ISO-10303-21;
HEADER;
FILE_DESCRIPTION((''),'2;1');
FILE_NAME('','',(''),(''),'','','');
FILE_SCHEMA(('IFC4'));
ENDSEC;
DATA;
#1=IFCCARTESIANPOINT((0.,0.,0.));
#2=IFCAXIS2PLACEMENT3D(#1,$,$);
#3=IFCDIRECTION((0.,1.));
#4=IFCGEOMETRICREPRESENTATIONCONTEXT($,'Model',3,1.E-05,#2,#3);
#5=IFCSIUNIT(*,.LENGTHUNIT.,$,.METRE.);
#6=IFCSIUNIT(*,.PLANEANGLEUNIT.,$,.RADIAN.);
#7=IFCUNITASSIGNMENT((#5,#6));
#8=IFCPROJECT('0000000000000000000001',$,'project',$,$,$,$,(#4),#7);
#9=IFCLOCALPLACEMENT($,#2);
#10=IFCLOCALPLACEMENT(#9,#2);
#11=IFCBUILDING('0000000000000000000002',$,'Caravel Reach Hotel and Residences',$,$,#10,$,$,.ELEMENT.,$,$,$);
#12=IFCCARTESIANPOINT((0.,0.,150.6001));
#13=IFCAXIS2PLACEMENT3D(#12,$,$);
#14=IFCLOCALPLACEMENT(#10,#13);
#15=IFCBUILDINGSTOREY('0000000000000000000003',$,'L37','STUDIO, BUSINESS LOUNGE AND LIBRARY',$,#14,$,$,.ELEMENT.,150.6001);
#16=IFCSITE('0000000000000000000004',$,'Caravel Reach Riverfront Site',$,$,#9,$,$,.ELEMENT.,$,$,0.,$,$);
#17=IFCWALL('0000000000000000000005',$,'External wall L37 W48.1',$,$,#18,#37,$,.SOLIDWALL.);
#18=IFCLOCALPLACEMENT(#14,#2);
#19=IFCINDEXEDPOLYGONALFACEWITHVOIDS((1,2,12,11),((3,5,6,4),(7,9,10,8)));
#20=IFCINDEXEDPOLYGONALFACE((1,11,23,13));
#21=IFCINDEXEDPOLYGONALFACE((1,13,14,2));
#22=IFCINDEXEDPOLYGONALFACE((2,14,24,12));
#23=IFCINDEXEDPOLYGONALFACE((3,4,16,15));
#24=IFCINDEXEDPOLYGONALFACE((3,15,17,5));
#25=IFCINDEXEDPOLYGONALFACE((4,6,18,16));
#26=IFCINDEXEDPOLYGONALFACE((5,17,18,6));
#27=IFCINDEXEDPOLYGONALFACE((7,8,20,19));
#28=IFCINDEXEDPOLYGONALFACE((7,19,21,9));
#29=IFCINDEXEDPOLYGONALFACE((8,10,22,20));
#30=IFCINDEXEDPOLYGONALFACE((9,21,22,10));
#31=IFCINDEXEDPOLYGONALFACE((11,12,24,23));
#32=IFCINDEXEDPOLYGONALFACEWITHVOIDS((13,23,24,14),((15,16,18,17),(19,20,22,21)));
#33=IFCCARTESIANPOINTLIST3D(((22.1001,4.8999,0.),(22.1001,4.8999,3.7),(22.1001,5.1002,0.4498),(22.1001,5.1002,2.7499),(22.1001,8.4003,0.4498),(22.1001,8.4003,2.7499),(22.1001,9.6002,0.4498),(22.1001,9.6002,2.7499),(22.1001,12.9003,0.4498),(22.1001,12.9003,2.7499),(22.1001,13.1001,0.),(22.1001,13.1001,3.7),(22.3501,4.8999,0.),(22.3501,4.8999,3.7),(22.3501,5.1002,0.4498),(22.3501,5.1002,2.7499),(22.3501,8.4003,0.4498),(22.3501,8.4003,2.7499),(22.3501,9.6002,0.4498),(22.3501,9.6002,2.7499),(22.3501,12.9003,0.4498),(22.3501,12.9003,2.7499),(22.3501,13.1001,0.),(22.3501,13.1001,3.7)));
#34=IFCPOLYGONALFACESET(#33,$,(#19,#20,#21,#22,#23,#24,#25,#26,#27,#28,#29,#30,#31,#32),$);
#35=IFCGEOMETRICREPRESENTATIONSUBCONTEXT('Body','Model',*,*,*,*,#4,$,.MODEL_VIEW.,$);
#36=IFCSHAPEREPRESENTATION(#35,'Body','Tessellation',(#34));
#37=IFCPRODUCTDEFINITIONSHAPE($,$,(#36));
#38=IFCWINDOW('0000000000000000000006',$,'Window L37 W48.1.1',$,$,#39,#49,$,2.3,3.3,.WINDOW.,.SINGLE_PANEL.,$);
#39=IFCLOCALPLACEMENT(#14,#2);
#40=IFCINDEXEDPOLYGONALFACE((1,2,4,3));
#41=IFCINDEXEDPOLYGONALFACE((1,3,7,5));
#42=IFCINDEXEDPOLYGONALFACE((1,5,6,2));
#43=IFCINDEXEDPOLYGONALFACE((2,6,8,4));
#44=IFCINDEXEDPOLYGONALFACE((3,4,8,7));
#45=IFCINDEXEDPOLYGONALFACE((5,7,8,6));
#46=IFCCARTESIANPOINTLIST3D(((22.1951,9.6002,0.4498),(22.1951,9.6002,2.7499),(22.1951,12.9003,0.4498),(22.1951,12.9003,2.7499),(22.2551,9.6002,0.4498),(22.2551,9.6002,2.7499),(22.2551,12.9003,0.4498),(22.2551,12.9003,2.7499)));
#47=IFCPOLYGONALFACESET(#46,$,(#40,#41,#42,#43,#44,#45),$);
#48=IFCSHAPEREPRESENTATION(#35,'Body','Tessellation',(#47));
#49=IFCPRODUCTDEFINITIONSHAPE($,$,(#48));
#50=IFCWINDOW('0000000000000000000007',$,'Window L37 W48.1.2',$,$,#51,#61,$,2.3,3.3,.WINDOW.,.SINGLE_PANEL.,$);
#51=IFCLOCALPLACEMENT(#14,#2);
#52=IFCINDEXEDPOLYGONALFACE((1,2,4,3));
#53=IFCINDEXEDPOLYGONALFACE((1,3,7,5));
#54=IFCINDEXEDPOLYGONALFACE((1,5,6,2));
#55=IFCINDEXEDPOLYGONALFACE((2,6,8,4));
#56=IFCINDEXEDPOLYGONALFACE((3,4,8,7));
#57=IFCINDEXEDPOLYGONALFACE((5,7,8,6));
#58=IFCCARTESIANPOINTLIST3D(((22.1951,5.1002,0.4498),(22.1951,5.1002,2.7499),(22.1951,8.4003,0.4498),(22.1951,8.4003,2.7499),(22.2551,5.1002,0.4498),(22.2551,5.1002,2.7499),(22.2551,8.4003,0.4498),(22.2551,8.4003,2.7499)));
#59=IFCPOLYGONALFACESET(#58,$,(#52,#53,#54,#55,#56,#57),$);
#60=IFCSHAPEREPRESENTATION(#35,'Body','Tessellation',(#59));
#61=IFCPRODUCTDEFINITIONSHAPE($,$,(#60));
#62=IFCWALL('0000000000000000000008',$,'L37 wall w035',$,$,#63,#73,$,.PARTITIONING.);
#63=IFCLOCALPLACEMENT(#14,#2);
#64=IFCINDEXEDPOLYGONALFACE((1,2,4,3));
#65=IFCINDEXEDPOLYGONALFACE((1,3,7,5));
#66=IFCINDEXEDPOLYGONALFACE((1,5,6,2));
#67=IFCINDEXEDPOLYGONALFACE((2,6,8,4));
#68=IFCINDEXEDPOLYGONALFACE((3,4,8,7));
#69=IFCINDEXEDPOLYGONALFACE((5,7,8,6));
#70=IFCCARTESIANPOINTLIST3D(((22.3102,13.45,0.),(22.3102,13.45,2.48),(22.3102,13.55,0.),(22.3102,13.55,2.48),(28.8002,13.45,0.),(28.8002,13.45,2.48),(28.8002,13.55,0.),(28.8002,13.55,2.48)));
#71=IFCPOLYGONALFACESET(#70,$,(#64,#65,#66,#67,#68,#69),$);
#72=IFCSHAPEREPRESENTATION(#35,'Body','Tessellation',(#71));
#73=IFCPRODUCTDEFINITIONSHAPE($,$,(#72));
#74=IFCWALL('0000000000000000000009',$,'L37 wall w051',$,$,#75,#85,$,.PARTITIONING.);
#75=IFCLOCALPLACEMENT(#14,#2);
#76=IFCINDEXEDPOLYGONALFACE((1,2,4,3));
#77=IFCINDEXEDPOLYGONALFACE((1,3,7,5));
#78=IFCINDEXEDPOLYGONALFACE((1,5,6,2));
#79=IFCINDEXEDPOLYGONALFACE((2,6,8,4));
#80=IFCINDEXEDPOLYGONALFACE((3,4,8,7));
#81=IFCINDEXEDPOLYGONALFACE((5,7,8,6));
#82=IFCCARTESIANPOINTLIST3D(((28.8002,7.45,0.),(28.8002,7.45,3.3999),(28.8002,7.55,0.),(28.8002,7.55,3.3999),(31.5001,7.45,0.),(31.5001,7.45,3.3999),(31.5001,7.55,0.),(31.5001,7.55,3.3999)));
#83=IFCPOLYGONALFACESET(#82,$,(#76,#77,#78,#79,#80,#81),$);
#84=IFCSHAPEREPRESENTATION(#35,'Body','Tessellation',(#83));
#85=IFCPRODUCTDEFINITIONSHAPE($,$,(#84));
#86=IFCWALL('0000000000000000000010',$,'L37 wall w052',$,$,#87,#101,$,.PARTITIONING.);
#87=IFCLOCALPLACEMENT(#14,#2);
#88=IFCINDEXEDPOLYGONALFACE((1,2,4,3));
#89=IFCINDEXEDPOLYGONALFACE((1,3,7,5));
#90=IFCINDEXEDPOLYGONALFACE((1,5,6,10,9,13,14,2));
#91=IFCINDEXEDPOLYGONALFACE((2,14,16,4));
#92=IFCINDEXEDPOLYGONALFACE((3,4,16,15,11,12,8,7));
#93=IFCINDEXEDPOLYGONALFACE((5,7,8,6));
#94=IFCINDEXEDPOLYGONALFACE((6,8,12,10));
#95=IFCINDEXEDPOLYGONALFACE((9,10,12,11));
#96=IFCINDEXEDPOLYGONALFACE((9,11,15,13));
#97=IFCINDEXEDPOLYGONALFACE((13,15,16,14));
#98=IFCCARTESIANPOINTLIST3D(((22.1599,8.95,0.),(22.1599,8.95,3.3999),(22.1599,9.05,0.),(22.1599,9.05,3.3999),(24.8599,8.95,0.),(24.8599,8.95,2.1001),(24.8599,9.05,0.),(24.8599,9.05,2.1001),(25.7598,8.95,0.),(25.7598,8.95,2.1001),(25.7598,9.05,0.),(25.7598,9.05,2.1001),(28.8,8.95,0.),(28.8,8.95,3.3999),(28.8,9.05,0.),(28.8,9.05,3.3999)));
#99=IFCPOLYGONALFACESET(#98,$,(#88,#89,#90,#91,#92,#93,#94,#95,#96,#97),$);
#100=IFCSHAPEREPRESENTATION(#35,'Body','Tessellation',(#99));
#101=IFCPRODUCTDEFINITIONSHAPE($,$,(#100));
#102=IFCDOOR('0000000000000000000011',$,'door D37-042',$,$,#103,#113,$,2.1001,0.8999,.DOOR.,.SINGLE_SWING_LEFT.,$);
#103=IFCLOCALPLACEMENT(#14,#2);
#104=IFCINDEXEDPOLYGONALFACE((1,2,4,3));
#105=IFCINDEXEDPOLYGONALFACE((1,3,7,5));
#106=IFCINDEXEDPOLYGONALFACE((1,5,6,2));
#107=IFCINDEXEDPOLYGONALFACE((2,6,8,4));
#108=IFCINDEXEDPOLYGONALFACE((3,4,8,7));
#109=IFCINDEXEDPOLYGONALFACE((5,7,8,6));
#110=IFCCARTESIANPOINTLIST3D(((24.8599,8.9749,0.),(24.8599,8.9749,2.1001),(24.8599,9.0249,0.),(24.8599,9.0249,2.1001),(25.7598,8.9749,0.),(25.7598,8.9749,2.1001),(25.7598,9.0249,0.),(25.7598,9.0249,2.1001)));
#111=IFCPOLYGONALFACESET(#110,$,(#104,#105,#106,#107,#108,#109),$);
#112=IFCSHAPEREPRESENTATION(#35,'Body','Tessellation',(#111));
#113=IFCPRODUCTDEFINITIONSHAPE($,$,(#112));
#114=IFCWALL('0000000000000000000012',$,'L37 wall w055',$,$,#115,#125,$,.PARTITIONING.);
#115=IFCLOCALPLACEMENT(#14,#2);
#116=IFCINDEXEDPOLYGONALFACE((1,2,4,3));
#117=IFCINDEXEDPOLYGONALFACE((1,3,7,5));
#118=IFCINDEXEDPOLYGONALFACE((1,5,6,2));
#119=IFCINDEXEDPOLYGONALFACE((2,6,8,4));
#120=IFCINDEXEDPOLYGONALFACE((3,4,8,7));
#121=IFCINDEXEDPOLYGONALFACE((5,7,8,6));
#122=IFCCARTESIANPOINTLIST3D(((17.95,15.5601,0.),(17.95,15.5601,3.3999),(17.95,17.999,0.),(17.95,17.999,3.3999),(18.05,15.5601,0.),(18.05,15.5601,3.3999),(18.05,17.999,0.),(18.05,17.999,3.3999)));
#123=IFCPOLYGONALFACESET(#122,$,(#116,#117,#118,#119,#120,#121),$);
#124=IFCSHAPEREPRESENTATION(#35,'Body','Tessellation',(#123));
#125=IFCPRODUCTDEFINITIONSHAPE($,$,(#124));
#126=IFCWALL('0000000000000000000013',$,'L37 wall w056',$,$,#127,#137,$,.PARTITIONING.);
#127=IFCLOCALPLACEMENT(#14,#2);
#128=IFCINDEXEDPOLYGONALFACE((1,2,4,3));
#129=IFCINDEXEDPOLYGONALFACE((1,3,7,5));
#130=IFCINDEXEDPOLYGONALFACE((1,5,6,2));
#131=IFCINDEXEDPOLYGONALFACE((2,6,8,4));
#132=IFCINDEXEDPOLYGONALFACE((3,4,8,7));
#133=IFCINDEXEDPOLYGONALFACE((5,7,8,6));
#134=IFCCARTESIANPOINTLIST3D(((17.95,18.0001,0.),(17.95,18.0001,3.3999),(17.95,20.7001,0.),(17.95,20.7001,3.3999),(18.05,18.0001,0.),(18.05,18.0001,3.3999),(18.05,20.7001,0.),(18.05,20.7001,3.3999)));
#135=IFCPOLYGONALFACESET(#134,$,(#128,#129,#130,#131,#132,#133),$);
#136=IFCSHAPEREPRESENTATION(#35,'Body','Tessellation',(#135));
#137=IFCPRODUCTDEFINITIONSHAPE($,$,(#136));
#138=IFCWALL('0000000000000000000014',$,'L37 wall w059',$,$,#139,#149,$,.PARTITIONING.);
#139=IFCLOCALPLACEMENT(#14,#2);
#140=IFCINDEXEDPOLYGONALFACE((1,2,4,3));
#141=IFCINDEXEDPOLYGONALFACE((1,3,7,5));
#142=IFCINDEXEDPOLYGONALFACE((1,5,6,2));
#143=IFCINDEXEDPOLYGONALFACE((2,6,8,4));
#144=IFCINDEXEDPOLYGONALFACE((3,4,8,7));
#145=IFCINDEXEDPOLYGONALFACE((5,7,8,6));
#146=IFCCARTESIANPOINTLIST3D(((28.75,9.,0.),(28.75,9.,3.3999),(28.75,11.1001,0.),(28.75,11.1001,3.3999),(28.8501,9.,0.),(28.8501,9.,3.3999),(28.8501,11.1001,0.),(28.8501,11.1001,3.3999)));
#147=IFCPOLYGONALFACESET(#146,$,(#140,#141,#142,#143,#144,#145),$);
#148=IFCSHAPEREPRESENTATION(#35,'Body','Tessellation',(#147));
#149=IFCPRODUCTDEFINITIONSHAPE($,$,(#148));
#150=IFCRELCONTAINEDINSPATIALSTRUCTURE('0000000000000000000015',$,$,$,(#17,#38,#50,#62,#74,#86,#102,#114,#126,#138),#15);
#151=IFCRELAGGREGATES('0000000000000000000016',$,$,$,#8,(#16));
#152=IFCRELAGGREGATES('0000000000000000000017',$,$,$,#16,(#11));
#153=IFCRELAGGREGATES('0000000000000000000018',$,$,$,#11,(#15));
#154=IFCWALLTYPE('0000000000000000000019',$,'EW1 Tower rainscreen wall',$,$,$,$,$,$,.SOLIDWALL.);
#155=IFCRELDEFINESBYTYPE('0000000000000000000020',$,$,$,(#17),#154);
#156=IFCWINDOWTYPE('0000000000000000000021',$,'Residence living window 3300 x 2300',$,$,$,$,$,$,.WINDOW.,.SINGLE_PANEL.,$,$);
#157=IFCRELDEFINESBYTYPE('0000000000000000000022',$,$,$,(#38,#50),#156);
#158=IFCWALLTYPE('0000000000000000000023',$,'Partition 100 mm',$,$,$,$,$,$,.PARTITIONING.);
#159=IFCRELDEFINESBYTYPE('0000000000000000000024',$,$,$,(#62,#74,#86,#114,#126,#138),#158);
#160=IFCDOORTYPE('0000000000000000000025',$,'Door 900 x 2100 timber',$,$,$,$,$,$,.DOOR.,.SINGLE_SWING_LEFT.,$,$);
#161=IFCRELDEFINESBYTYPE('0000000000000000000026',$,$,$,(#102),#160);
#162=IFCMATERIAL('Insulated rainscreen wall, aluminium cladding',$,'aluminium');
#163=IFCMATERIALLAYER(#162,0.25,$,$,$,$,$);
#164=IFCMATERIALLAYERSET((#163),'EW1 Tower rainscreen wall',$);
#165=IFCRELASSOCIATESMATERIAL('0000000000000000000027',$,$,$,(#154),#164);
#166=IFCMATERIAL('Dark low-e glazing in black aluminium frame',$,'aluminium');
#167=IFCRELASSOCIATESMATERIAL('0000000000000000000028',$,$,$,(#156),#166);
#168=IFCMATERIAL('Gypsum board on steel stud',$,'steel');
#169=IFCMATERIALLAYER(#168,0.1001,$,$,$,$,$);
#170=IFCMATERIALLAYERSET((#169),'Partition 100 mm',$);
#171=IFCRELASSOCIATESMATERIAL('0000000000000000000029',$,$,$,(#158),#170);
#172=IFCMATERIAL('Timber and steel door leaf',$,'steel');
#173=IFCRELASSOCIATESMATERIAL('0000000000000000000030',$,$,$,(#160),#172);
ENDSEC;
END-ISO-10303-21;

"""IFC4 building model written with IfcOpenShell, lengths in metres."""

from ifc_helpers import new_model, si_unit, direction, frame, frame_2d, origin, place, context, subcontext, project, spatial, rectangle, extrude, material, layer, layer_set, type_object, element, fill, save


model = new_model("IFC4")

# Units and contexts
model_context = context("Model", 3, precision=1e-05, world=origin(), true_north=direction((0.0, 1.0)))
body_context = subcontext(model_context, "Body", "Model", "MODEL_VIEW")
ifc_project = project(units=[si_unit("LENGTHUNIT", "METRE"), si_unit("PLANEANGLEUNIT", "RADIAN")], contexts=[model_context])

# Site, building, storey
site_placement = place(None, origin())
site = spatial("IfcSite", under=ifc_project, at=site_placement, Name="Caravel Reach Riverfront Site", CompositionType="ELEMENT", RefElevation=0.0)
building_placement = place(site_placement, origin())
building = spatial("IfcBuilding", under=site, at=building_placement, Name="Caravel Reach Hotel and Residences", CompositionType="ELEMENT")
storey_placement = place(building_placement, frame((0.0, 0.0, 150.6001)))
storey = spatial("IfcBuildingStorey", under=building, at=storey_placement, Name="L37", Description="STUDIO, BUSINESS LOUNGE AND LIBRARY", CompositionType="ELEMENT", Elevation=150.6001)

# Shared definitions
ifc_material_1 = material(Name="Insulated rainscreen wall, aluminium cladding", Category="aluminium")
ifc_layer_1 = layer(ifc_material_1, 0.25)
ifc_layer_set_1 = layer_set([ifc_layer_1], Name="EW1 Tower rainscreen wall")
wall_type_1 = type_object("IfcWallType", Name="EW1 Tower rainscreen wall", PredefinedType="SOLIDWALL", material=ifc_layer_set_1)
ifc_material_2 = material(Name="Dark low-e glazing in black aluminium frame", Category="aluminium")
window_type_1 = type_object("IfcWindowType", Name="Residence living window 3300 x 2300", PartitioningType="SINGLE_PANEL", PredefinedType="WINDOW", material=ifc_material_2)

# Wall, openings, windows
wall_1_placement = place(storey_placement, frame((22.2251, 13.1001, 0.0), z_axis=(0.0, 0.0, 1.0), x_axis=(0.0, -1.0, 0.0)))
wall_1 = element("IfcWall", 1, at=wall_1_placement, inside=storey, type_object=wall_type_1, Name="External wall L37 W48.1", PredefinedType="SOLIDWALL", context=body_context, shape_type="SweptSolid", body=[
    extrude(rectangle(XDim=8.2002, YDim=0.25, at=frame_2d((4.1001, 0.0))), origin(), (0.0, 0.0, 1.0), 3.7),
])
opening_1_placement = place(wall_1_placement, frame((0.2, 0.0, 0.45)))
opening_1 = element("IfcOpeningElement", 2, at=opening_1_placement, cuts=wall_1, PredefinedType="OPENING", context=body_context, shape_type="SweptSolid", body=[
    extrude(rectangle(XDim=3.3, YDim=2.3, at=frame_2d((1.6499, 1.1499))), frame((0.0, 0.135, 0.0), z_axis=(0.0, -1.0, 0.0), x_axis=(1.0, 0.0, 0.0)), (0.0, 0.0, 1.0), 0.27),
])
opening_2_placement = place(wall_1_placement, frame((4.7, 0.0, 0.45)))
opening_2 = element("IfcOpeningElement", 3, at=opening_2_placement, cuts=wall_1, PredefinedType="OPENING", context=body_context, shape_type="SweptSolid", body=[
    extrude(rectangle(XDim=3.3, YDim=2.3, at=frame_2d((1.6499, 1.1499))), frame((0.0, 0.135, 0.0), z_axis=(0.0, -1.0, 0.0), x_axis=(1.0, 0.0, 0.0)), (0.0, 0.0, 1.0), 0.27),
])
window_1_placement = place(opening_1_placement, origin())
window_1 = element("IfcWindow", 4, at=window_1_placement, inside=storey, type_object=window_type_1, Name="Window L37 W48.1.1", OverallHeight=2.3, OverallWidth=3.3, PartitioningType="SINGLE_PANEL", PredefinedType="WINDOW", context=body_context, shape_type="SweptSolid", body=[
    extrude(rectangle(XDim=3.3, YDim=2.3, at=frame_2d((1.6499, 1.1499))), frame((0.0, 0.03, 0.0), z_axis=(0.0, -1.0, 0.0), x_axis=(1.0, 0.0, 0.0)), (0.0, 0.0, 1.0), 0.0601),
])
fill(opening_1, window_1)
window_2_placement = place(opening_2_placement, origin())
window_2 = element("IfcWindow", 5, at=window_2_placement, inside=storey, type_object=window_type_1, Name="Window L37 W48.1.2", OverallHeight=2.3, OverallWidth=3.3, PartitioningType="SINGLE_PANEL", PredefinedType="WINDOW", context=body_context, shape_type="SweptSolid", body=[
    extrude(rectangle(XDim=3.3, YDim=2.3, at=frame_2d((1.6499, 1.1499))), frame((0.0, 0.03, 0.0), z_axis=(0.0, -1.0, 0.0), x_axis=(1.0, 0.0, 0.0)), (0.0, 0.0, 1.0), 0.0601),
])
fill(opening_2, window_2)

# Walls
ifc_material_3 = material(Name="Gypsum board on steel stud", Category="steel")
ifc_layer_2 = layer(ifc_material_3, 0.1001)
ifc_layer_set_2 = layer_set([ifc_layer_2], Name="Partition 100 mm")
wall_type_2 = type_object("IfcWallType", Name="Partition 100 mm", PredefinedType="PARTITIONING", material=ifc_layer_set_2)
wall_2_placement = place(storey_placement, frame((22.3101, 13.5, 0.0), z_axis=(0.0, 0.0, 1.0), x_axis=(1.0, 0.0, 0.0)))
element("IfcWall", 6, at=wall_2_placement, inside=storey, type_object=wall_type_2, Name="L37 wall w035", PredefinedType="PARTITIONING", context=body_context, shape_type="SweptSolid", body=[
    extrude(rectangle(XDim=6.49, YDim=0.1001, at=frame_2d((3.2451, 0.0))), origin(), (0.0, 0.0, 1.0), 2.48),
])
wall_3_placement = place(storey_placement, frame((28.8, 7.5, 0.0), z_axis=(0.0, 0.0, 1.0), x_axis=(1.0, 0.0, 0.0)))
element("IfcWall", 7, at=wall_3_placement, inside=storey, type_object=wall_type_2, Name="L37 wall w051", PredefinedType="PARTITIONING", context=body_context, shape_type="SweptSolid", body=[
    extrude(rectangle(XDim=2.7, YDim=0.1001, at=frame_2d((1.3501, 0.0))), origin(), (0.0, 0.0, 1.0), 3.3999),
])

# Wall, opening, door
wall_4_placement = place(storey_placement, frame((22.1599, 9.0, 0.0), z_axis=(0.0, 0.0, 1.0), x_axis=(1.0, 0.0, 0.0)))
wall_4 = element("IfcWall", 8, at=wall_4_placement, inside=storey, type_object=wall_type_2, Name="L37 wall w052", PredefinedType="PARTITIONING", context=body_context, shape_type="SweptSolid", body=[
    extrude(rectangle(XDim=6.6401, YDim=0.1001, at=frame_2d((3.3201, 0.0))), origin(), (0.0, 0.0, 1.0), 3.3999),
])
opening_3_placement = place(wall_4_placement, frame((2.7, 0.0, 0.0)))
opening_3 = element("IfcOpeningElement", 9, at=opening_3_placement, cuts=wall_4, PredefinedType="OPENING", context=body_context, shape_type="SweptSolid", body=[
    extrude(rectangle(XDim=0.8999, YDim=2.1001, at=frame_2d((0.45, 1.05))), frame((0.0, 0.0601, 0.0), z_axis=(0.0, -1.0, 0.0), x_axis=(1.0, 0.0, 0.0)), (0.0, 0.0, 1.0), 0.1201),
])
ifc_material_4 = material(Name="Timber and steel door leaf", Category="steel")
door_type_1 = type_object("IfcDoorType", Name="Door 900 x 2100 timber", OperationType="SINGLE_SWING_LEFT", PredefinedType="DOOR", material=ifc_material_4)
door_1_placement = place(opening_3_placement, origin())
door_1 = element("IfcDoor", 10, at=door_1_placement, inside=storey, type_object=door_type_1, Name="door D37-042", OperationType="SINGLE_SWING_LEFT", OverallHeight=2.1001, OverallWidth=0.8999, PredefinedType="DOOR", context=body_context, shape_type="SweptSolid", body=[
    extrude(rectangle(XDim=0.8999, YDim=2.1001, at=frame_2d((0.45, 1.05))), frame((0.0, 0.0249, 0.0), z_axis=(0.0, -1.0, 0.0), x_axis=(1.0, 0.0, 0.0)), (0.0, 0.0, 1.0), 0.05),
])
fill(opening_3, door_1)

# Walls
wall_5_placement = place(storey_placement, frame((18.0, 15.5601, 0.0), z_axis=(0.0, 0.0, 1.0), x_axis=(0.0, 1.0, 0.0)))
element("IfcWall", 11, at=wall_5_placement, inside=storey, type_object=wall_type_2, Name="L37 wall w055", PredefinedType="PARTITIONING", context=body_context, shape_type="SweptSolid", body=[
    extrude(rectangle(XDim=2.439, YDim=0.1001, at=frame_2d((1.2195, 0.0))), origin(), (0.0, 0.0, 1.0), 3.3999),
])
wall_6_placement = place(storey_placement, frame((18.0, 18.0, 0.0), z_axis=(0.0, 0.0, 1.0), x_axis=(0.0, 1.0, 0.0)))
element("IfcWall", 12, at=wall_6_placement, inside=storey, type_object=wall_type_2, Name="L37 wall w056", PredefinedType="PARTITIONING", context=body_context, shape_type="SweptSolid", body=[
    extrude(rectangle(XDim=2.7, YDim=0.1001, at=frame_2d((1.3501, 0.0))), origin(), (0.0, 0.0, 1.0), 3.3999),
])
wall_7_placement = place(storey_placement, frame((28.8, 9.0, 0.0), z_axis=(0.0, 0.0, 1.0), x_axis=(0.0, 1.0, 0.0)))
element("IfcWall", 13, at=wall_7_placement, inside=storey, type_object=wall_type_2, Name="L37 wall w059", PredefinedType="PARTITIONING", context=body_context, shape_type="SweptSolid", body=[
    extrude(rectangle(XDim=2.1001, YDim=0.1001, at=frame_2d((1.05, 0.0))), origin(), (0.0, 0.0, 1.0), 3.3999),
])

save(model, "model.ifc")
